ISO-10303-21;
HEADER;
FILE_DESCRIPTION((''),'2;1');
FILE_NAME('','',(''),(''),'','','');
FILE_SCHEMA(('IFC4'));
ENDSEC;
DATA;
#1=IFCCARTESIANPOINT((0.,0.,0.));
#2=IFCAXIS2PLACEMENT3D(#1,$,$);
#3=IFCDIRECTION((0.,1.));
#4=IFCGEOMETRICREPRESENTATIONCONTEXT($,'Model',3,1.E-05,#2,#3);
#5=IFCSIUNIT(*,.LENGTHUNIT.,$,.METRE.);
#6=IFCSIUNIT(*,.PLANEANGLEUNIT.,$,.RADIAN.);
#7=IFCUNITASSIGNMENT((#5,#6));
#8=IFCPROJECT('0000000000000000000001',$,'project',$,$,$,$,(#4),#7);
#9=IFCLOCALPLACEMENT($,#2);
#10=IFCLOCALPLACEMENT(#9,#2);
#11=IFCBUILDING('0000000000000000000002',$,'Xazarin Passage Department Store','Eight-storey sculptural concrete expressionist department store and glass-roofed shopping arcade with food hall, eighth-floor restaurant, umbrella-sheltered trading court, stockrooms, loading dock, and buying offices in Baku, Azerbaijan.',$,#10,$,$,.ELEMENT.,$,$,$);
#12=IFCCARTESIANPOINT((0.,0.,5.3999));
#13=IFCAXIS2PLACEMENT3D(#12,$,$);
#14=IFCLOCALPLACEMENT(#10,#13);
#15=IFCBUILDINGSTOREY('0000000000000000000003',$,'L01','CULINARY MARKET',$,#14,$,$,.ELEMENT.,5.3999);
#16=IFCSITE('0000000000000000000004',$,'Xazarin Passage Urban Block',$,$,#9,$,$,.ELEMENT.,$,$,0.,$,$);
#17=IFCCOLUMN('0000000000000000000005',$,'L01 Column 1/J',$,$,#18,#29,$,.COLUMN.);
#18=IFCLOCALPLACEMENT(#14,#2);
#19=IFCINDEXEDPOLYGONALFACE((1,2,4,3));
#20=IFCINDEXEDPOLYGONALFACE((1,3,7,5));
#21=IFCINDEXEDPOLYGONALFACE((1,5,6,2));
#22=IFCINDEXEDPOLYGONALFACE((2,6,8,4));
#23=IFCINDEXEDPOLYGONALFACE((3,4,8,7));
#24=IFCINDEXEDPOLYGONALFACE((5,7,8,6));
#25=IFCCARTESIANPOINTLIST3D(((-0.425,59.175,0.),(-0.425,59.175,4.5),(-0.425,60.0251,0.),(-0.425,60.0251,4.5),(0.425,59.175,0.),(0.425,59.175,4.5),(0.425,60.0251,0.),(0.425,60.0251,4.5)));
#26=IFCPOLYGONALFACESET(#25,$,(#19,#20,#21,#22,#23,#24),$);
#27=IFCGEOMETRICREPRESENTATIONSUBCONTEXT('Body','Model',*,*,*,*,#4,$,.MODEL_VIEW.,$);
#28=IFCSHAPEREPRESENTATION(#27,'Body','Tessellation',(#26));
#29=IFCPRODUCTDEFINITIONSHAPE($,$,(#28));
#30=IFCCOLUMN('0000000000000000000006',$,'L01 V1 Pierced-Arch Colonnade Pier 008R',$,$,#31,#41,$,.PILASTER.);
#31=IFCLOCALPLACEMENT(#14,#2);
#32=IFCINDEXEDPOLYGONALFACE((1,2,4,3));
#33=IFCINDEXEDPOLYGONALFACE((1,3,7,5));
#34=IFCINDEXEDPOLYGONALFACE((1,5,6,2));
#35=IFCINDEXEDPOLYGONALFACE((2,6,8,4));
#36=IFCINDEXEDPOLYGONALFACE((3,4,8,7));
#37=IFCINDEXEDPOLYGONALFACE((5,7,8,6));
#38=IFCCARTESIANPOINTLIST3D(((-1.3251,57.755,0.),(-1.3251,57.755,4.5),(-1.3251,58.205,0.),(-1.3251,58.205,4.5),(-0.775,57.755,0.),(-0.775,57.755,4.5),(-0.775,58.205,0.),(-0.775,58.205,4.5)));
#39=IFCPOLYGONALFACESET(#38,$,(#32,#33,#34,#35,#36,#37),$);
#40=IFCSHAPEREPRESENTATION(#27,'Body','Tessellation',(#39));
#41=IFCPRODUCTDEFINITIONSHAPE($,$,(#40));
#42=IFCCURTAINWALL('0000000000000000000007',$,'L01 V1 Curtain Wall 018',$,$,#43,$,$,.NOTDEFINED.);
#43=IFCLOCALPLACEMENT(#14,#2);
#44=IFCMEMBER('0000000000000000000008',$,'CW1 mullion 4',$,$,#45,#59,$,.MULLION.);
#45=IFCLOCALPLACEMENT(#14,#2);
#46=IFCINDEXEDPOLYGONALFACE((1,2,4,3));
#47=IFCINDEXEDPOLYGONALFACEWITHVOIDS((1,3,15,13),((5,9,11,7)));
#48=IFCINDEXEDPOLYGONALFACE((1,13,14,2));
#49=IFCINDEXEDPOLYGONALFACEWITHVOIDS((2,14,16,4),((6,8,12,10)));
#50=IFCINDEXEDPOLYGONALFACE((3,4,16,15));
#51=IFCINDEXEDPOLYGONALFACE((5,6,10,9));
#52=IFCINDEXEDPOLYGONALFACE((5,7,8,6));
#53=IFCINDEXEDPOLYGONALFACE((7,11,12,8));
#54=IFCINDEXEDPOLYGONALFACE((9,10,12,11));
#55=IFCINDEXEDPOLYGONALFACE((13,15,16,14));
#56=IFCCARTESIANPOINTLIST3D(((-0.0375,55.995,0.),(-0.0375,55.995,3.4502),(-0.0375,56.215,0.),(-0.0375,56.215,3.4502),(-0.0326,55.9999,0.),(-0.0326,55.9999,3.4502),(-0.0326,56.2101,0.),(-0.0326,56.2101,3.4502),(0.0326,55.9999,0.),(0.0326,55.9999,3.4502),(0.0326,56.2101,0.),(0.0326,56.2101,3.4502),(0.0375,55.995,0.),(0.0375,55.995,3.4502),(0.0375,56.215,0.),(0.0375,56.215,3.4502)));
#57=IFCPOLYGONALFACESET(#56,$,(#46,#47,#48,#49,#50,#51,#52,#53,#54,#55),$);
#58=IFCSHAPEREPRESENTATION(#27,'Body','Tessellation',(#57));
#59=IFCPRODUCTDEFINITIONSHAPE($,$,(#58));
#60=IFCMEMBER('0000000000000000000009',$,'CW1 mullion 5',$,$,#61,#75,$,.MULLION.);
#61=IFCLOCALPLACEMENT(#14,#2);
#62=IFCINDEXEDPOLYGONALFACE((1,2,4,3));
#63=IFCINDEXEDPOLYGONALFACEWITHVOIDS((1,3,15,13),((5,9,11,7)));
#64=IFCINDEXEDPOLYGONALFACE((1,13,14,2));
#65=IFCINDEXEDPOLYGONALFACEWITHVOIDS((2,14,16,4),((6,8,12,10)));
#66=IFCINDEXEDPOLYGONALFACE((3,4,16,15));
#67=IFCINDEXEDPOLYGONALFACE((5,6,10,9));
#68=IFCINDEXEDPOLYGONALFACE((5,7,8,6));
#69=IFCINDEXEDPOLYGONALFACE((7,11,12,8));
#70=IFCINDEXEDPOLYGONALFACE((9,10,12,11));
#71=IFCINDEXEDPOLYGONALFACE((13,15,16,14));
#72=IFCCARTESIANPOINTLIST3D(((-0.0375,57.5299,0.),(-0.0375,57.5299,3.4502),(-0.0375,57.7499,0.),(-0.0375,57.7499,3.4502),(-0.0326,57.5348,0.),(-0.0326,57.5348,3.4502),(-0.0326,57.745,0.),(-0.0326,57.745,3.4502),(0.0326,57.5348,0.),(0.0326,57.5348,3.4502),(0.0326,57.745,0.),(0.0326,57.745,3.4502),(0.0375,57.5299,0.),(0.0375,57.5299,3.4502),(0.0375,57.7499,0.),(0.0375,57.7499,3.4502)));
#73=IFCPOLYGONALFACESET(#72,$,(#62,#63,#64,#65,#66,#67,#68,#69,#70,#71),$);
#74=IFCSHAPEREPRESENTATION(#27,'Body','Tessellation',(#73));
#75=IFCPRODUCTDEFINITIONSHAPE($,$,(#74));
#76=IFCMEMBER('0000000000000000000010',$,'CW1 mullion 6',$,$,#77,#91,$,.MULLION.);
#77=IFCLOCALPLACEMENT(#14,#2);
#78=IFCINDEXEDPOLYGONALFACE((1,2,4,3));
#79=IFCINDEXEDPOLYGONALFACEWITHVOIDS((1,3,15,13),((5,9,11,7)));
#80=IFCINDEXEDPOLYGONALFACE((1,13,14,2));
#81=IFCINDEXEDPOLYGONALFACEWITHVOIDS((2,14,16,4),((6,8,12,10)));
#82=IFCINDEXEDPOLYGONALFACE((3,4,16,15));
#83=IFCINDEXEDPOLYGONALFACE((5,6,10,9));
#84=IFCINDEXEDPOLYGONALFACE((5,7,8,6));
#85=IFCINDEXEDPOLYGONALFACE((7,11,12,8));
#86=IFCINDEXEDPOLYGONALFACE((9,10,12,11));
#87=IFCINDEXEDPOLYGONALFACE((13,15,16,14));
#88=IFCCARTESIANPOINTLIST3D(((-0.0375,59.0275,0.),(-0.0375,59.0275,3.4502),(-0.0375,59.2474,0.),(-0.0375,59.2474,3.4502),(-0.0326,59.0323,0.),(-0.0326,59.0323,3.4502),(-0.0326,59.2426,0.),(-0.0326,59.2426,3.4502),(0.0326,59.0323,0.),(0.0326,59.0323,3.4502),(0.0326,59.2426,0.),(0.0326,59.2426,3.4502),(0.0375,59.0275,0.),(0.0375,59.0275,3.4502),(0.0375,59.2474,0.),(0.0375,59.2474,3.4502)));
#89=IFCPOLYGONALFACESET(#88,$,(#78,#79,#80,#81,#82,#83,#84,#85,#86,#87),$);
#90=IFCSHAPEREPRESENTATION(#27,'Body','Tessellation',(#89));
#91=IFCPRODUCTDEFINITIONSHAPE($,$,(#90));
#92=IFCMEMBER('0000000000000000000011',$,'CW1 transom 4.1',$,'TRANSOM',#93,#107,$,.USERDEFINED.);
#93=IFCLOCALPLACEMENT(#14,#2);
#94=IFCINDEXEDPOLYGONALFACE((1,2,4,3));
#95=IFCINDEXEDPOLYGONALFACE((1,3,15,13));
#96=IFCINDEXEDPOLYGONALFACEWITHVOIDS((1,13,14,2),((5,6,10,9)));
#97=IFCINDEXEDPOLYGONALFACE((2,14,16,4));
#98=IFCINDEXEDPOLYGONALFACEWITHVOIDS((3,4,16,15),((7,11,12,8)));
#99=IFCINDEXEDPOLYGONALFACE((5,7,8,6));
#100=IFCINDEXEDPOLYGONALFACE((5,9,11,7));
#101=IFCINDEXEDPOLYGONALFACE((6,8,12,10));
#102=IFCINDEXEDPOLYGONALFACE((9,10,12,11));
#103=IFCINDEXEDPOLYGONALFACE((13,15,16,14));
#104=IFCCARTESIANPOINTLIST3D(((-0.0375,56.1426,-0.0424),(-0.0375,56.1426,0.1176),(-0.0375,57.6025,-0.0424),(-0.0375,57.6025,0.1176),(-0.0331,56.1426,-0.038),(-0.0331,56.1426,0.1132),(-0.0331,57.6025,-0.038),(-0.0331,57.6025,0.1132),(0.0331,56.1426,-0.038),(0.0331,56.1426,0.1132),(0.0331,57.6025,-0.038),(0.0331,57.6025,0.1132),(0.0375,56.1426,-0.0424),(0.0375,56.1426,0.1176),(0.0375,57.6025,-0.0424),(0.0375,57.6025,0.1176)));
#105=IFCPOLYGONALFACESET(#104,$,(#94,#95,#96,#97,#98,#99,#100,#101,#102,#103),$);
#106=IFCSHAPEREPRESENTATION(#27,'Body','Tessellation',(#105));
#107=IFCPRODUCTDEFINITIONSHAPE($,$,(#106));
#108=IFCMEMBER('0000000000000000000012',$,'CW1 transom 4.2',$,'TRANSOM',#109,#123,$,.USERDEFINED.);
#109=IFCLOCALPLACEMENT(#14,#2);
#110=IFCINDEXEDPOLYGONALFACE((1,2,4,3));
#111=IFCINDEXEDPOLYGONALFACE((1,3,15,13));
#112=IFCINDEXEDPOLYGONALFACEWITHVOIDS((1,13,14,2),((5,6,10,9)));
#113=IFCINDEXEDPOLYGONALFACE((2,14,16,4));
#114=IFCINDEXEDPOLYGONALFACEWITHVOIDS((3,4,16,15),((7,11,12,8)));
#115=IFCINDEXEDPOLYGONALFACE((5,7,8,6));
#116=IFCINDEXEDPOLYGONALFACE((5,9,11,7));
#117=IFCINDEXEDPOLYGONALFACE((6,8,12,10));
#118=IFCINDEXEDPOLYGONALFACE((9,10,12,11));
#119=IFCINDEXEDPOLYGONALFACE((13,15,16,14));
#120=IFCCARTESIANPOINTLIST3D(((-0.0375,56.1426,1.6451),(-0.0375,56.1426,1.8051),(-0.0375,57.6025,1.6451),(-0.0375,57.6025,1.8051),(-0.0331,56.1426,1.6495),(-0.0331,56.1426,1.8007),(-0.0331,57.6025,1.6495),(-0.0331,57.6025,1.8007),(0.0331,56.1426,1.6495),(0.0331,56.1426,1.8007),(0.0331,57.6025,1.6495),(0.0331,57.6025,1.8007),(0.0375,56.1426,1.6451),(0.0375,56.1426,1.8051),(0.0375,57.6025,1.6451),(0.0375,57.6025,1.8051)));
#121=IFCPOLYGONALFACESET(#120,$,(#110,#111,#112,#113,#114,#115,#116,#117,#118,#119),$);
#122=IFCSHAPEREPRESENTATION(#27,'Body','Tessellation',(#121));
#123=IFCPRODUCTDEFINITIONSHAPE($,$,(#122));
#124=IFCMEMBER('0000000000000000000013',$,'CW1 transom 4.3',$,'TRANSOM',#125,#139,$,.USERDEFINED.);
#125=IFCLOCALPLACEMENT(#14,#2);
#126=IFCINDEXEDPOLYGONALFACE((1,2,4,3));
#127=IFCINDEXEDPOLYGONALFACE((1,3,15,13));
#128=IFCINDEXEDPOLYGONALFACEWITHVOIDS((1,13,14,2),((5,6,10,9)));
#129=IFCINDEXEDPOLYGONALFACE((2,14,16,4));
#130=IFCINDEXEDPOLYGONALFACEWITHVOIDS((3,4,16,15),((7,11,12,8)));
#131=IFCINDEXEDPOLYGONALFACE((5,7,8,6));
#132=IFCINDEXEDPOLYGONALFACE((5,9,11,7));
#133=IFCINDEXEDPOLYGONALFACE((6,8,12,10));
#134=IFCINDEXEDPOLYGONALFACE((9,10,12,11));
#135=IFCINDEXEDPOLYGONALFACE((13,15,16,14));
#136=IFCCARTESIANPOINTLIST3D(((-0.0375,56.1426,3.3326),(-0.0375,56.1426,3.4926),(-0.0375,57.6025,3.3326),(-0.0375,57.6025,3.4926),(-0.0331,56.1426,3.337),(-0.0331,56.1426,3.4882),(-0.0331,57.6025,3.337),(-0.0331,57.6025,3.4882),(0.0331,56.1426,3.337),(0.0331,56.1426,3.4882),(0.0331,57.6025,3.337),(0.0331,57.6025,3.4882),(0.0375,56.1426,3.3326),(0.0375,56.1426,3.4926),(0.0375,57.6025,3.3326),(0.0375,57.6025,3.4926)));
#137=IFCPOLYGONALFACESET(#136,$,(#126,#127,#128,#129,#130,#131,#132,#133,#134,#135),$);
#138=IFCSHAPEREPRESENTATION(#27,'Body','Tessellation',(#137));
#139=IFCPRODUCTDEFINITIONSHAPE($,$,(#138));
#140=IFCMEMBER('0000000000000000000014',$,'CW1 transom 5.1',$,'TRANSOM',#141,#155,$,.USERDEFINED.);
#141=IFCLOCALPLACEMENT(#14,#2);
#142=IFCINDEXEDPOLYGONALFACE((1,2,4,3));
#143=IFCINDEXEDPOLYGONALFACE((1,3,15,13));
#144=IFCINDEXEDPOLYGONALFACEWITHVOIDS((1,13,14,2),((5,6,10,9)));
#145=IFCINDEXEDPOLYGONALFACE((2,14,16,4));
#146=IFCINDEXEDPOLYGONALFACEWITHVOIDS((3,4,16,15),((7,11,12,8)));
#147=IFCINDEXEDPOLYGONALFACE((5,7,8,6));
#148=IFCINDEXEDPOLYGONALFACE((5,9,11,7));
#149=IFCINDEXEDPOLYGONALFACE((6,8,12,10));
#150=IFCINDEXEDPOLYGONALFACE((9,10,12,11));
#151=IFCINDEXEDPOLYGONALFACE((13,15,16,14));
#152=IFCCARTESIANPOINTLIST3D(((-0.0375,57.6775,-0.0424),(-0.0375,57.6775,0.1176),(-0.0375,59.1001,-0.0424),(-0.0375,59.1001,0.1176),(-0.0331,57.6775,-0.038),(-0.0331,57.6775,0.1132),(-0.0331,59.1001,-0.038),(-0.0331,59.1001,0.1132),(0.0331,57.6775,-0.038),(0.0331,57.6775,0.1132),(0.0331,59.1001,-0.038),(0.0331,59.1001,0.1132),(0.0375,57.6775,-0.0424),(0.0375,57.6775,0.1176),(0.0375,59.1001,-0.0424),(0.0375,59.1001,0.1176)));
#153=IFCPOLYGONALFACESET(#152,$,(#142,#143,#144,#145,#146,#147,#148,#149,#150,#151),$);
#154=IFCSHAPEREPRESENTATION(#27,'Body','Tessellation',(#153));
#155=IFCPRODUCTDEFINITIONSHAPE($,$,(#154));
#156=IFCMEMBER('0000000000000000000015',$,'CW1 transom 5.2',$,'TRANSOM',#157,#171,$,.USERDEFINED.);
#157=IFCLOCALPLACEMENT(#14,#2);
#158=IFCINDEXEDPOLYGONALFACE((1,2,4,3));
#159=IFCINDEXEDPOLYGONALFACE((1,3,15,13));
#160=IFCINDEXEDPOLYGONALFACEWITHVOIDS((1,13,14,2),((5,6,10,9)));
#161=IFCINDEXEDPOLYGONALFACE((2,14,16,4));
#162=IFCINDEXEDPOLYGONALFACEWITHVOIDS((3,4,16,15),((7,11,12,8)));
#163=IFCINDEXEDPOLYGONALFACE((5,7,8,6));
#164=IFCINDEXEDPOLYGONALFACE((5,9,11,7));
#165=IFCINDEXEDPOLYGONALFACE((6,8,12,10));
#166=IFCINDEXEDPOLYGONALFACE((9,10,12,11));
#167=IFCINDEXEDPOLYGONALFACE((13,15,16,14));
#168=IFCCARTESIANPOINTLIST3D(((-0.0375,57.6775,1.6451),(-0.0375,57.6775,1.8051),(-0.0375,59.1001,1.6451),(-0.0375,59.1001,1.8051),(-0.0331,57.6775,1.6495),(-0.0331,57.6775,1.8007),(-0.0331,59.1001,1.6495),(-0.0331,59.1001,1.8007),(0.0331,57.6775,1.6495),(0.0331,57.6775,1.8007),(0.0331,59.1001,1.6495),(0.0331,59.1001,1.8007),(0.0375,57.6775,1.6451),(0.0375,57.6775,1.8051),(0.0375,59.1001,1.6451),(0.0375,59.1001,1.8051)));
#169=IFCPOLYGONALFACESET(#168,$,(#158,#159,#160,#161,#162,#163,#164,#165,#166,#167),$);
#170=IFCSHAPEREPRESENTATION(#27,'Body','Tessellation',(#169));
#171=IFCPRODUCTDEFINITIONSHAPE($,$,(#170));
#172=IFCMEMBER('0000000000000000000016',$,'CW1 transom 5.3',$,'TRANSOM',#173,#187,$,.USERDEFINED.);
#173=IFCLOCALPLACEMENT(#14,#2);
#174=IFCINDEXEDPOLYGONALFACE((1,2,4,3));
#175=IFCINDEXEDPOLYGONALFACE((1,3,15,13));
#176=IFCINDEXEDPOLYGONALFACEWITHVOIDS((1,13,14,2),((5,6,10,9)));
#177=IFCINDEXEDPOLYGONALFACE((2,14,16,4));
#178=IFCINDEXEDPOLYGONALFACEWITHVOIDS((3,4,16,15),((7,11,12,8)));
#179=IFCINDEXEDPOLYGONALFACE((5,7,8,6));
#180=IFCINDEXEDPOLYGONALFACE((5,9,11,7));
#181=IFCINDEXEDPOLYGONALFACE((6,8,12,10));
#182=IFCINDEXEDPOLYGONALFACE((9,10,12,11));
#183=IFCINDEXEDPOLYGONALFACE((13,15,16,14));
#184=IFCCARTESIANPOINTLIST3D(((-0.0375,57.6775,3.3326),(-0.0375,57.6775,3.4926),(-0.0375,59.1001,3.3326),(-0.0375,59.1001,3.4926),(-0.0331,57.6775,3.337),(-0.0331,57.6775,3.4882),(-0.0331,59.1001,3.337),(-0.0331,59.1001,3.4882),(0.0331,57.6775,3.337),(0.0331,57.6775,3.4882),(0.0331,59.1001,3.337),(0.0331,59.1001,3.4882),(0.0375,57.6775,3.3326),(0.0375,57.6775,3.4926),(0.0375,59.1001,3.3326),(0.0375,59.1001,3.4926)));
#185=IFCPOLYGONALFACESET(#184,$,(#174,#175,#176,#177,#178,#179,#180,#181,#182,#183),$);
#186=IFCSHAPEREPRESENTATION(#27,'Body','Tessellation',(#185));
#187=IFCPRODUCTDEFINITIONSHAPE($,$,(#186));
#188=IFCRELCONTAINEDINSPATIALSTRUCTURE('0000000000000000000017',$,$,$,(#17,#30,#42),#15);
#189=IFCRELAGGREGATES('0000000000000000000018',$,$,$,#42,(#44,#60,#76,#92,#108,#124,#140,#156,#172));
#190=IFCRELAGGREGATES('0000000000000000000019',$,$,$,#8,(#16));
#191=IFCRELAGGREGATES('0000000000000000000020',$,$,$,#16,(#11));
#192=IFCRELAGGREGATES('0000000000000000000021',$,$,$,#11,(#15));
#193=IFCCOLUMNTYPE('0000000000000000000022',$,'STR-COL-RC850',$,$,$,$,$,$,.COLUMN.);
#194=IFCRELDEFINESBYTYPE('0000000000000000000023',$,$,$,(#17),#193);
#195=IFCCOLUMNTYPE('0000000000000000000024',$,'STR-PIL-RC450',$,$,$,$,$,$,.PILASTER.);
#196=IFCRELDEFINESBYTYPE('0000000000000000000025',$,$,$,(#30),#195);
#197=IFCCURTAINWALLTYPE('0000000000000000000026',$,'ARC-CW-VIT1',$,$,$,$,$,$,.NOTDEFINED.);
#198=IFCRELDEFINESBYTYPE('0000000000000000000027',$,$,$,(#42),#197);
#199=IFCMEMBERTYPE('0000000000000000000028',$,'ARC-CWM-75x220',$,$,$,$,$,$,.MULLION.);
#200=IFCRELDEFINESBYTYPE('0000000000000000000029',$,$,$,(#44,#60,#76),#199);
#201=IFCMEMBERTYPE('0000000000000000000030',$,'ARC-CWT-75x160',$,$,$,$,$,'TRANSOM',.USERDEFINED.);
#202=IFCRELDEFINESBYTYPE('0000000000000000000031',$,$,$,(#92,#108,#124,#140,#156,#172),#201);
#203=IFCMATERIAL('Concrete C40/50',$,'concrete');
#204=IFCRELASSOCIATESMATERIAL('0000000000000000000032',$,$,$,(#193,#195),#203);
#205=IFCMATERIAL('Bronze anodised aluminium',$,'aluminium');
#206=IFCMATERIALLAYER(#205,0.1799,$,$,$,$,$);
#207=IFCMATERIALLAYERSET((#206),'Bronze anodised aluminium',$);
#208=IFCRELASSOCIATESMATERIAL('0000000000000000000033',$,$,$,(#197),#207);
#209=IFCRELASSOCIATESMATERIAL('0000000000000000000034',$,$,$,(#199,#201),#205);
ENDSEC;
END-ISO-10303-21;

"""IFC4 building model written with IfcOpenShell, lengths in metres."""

from ifc_helpers import new_model, si_unit, direction, frame, origin, origin_2d, place, context, subcontext, project, spatial, rectangle, hollow_rectangle, extrude, material, layer, layer_set, material_profile, profile_set, type_object, element, aggregate, save


model = new_model("IFC4")

# Units and contexts
model_context = context("Model", 3, precision=1e-05, world=origin(), true_north=direction((0.0, 1.0)))
body_context = subcontext(model_context, "Body", "Model", "MODEL_VIEW")
ifc_project = project(units=[si_unit("LENGTHUNIT", "METRE"), si_unit("PLANEANGLEUNIT", "RADIAN")], contexts=[model_context])

# Site, building, storey
site_placement = place(None, origin())
site = spatial("IfcSite", under=ifc_project, at=site_placement, Name="Xazarin Passage Urban Block", CompositionType="ELEMENT", RefElevation=0.0)
building_placement = place(site_placement, origin())
building = spatial("IfcBuilding", under=site, at=building_placement, Name="Xazarin Passage Department Store", Description="Eight-storey sculptural concrete expressionist department store and glass-roofed shopping arcade with food hall, eighth-floor restaurant, umbrella-sheltered trading court, stockrooms, loading dock, and buying offices in Baku, Azerbaijan.", CompositionType="ELEMENT")
storey_placement = place(building_placement, frame((0.0, 0.0, 5.3999)))
storey = spatial("IfcBuildingStorey", under=building, at=storey_placement, Name="L01", Description="CULINARY MARKET", CompositionType="ELEMENT", Elevation=5.3999)

# Columns
ifc_material_1 = material(Name="Concrete C40/50", Category="concrete")
ifc_material_profile_1 = material_profile(ifc_material_1, rectangle(XDim=0.8501, YDim=0.8501, at=origin_2d()), Name="RC 850x850")
ifc_profile_set_1 = profile_set([ifc_material_profile_1], Name="Concrete C40/50")
column_type_1 = type_object("IfcColumnType", Name="STR-COL-RC850", PredefinedType="COLUMN", material=ifc_profile_set_1)
column_1_placement = place(storey_placement, frame((0.0, 59.6001, 0.0), z_axis=(0.0, 0.0, 1.0), x_axis=(1.0, 0.0, 0.0)))
element("IfcColumn", 1, at=column_1_placement, inside=storey, type_object=column_type_1, Name="L01 Column 1/J", PredefinedType="COLUMN", context=body_context, shape_type="SweptSolid", body=[
    extrude(rectangle(XDim=0.8501, YDim=0.8501, at=origin_2d()), origin(), (0.0, 0.0, 1.0), 4.5),
])
ifc_material_profile_2 = material_profile(ifc_material_1, rectangle(XDim=0.45, YDim=0.55, at=origin_2d()), Name="RC 450x550")
ifc_profile_set_2 = profile_set([ifc_material_profile_2], Name="Concrete C40/50")
column_type_2 = type_object("IfcColumnType", Name="STR-PIL-RC450", PredefinedType="PILASTER", material=ifc_profile_set_2)
column_2_placement = place(storey_placement, frame((-1.05, 57.98, 0.0), z_axis=(0.0, 0.0, 1.0), x_axis=(0.0, 1.0, 0.0)))
element("IfcColumn", 2, at=column_2_placement, inside=storey, type_object=column_type_2, Name="L01 V1 Pierced-Arch Colonnade Pier 008R", PredefinedType="PILASTER", context=body_context, shape_type="SweptSolid", body=[
    extrude(rectangle(XDim=0.45, YDim=0.55, at=origin_2d()), origin(), (0.0, 0.0, 1.0), 4.5),
])

# Curtain wall, members
ifc_material_2 = material(Name="Bronze anodised aluminium", Category="aluminium")
ifc_layer_1 = layer(ifc_material_2, 0.1799)
ifc_layer_set_1 = layer_set([ifc_layer_1], Name="Bronze anodised aluminium")
curtain_wall_type = type_object("IfcCurtainWallType", Name="ARC-CW-VIT1", PredefinedType="NOTDEFINED", material=ifc_layer_set_1)
curtain_wall_placement = place(storey_placement, origin())
curtain_wall = element("IfcCurtainWall", 3, at=curtain_wall_placement, inside=storey, type_object=curtain_wall_type, Name="L01 V1 Curtain Wall 018", PredefinedType="NOTDEFINED")
ifc_material_profile_3 = material_profile(ifc_material_2, hollow_rectangle(XDim=0.075, YDim=0.22, WallThickness=0.0049, at=origin_2d()), Name="ALU 75x220")
ifc_profile_set_3 = profile_set([ifc_material_profile_3], Name="Bronze anodised aluminium")
member_type_1 = type_object("IfcMemberType", Name="ARC-CWM-75x220", PredefinedType="MULLION", material=ifc_profile_set_3)
member_1_placement = place(storey_placement, frame((0.0, 56.105, 0.0), z_axis=(0.0, 0.0, 1.0), x_axis=(-1.0, 0.0, 0.0)))
member_1 = element("IfcMember", 4, at=member_1_placement, type_object=member_type_1, Name="CW1 mullion 4", PredefinedType="MULLION", context=body_context, shape_type="SweptSolid", body=[
    extrude(hollow_rectangle(XDim=0.075, YDim=0.22, WallThickness=0.0049, at=origin_2d()), origin(), (0.0, 0.0, 1.0), 3.4502),
])
member_2_placement = place(storey_placement, frame((0.0, 57.6399, 0.0), z_axis=(0.0, 0.0, 1.0), x_axis=(-1.0, 0.0, 0.0)))
member_2 = element("IfcMember", 5, at=member_2_placement, type_object=member_type_1, Name="CW1 mullion 5", PredefinedType="MULLION", context=body_context, shape_type="SweptSolid", body=[
    extrude(hollow_rectangle(XDim=0.075, YDim=0.22, WallThickness=0.0049, at=origin_2d()), origin(), (0.0, 0.0, 1.0), 3.4502),
])
member_3_placement = place(storey_placement, frame((0.0, 59.1375, 0.0), z_axis=(0.0, 0.0, 1.0), x_axis=(-1.0, 0.0, 0.0)))
member_3 = element("IfcMember", 6, at=member_3_placement, type_object=member_type_1, Name="CW1 mullion 6", PredefinedType="MULLION", context=body_context, shape_type="SweptSolid", body=[
    extrude(hollow_rectangle(XDim=0.075, YDim=0.22, WallThickness=0.0049, at=origin_2d()), origin(), (0.0, 0.0, 1.0), 3.4502),
])
ifc_material_profile_4 = material_profile(ifc_material_2, hollow_rectangle(XDim=0.075, YDim=0.1599, WallThickness=0.0044, at=origin_2d()), Name="ALU 75x160")
ifc_profile_set_4 = profile_set([ifc_material_profile_4], Name="Bronze anodised aluminium")
member_type_2 = type_object("IfcMemberType", Name="ARC-CWT-75x160", ElementType="TRANSOM", PredefinedType="USERDEFINED", material=ifc_profile_set_4)
member_4_placement = place(storey_placement, frame((0.0, 56.1426, 0.0376), z_axis=(0.0, 1.0, 0.0), x_axis=(-1.0, 0.0, 0.0)))
member_4 = element("IfcMember", 7, at=member_4_placement, type_object=member_type_2, Name="CW1 transom 4.1", ObjectType="TRANSOM", PredefinedType="USERDEFINED", context=body_context, shape_type="SweptSolid", body=[
    extrude(hollow_rectangle(XDim=0.075, YDim=0.1599, WallThickness=0.0044, at=origin_2d()), origin(), (0.0, 0.0, 1.0), 1.46),
])
member_5_placement = place(storey_placement, frame((0.0, 56.1426, 1.7251), z_axis=(0.0, 1.0, 0.0), x_axis=(-1.0, 0.0, 0.0)))
member_5 = element("IfcMember", 8, at=member_5_placement, type_object=member_type_2, Name="CW1 transom 4.2", ObjectType="TRANSOM", PredefinedType="USERDEFINED", context=body_context, shape_type="SweptSolid", body=[
    extrude(hollow_rectangle(XDim=0.075, YDim=0.1599, WallThickness=0.0044, at=origin_2d()), origin(), (0.0, 0.0, 1.0), 1.46),
])
member_6_placement = place(storey_placement, frame((0.0, 56.1426, 3.4126), z_axis=(0.0, 1.0, 0.0), x_axis=(-1.0, 0.0, 0.0)))
member_6 = element("IfcMember", 9, at=member_6_placement, type_object=member_type_2, Name="CW1 transom 4.3", ObjectType="TRANSOM", PredefinedType="USERDEFINED", context=body_context, shape_type="SweptSolid", body=[
    extrude(hollow_rectangle(XDim=0.075, YDim=0.1599, WallThickness=0.0044, at=origin_2d()), origin(), (0.0, 0.0, 1.0), 1.46),
])
member_7_placement = place(storey_placement, frame((0.0, 57.6775, 0.0376), z_axis=(0.0, 1.0, 0.0), x_axis=(-1.0, 0.0, 0.0)))
member_7 = element("IfcMember", 10, at=member_7_placement, type_object=member_type_2, Name="CW1 transom 5.1", ObjectType="TRANSOM", PredefinedType="USERDEFINED", context=body_context, shape_type="SweptSolid", body=[
    extrude(hollow_rectangle(XDim=0.075, YDim=0.1599, WallThickness=0.0044, at=origin_2d()), origin(), (0.0, 0.0, 1.0), 1.4226),
])
member_8_placement = place(storey_placement, frame((0.0, 57.6775, 1.7251), z_axis=(0.0, 1.0, 0.0), x_axis=(-1.0, 0.0, 0.0)))
member_8 = element("IfcMember", 11, at=member_8_placement, type_object=member_type_2, Name="CW1 transom 5.2", ObjectType="TRANSOM", PredefinedType="USERDEFINED", context=body_context, shape_type="SweptSolid", body=[
    extrude(hollow_rectangle(XDim=0.075, YDim=0.1599, WallThickness=0.0044, at=origin_2d()), origin(), (0.0, 0.0, 1.0), 1.4226),
])
member_9_placement = place(storey_placement, frame((0.0, 57.6775, 3.4126), z_axis=(0.0, 1.0, 0.0), x_axis=(-1.0, 0.0, 0.0)))
member_9 = element("IfcMember", 12, at=member_9_placement, type_object=member_type_2, Name="CW1 transom 5.3", ObjectType="TRANSOM", PredefinedType="USERDEFINED", context=body_context, shape_type="SweptSolid", body=[
    extrude(hollow_rectangle(XDim=0.075, YDim=0.1599, WallThickness=0.0044, at=origin_2d()), origin(), (0.0, 0.0, 1.0), 1.4226),
])

aggregate(curtain_wall, [member_1, member_2, member_3, member_4, member_5, member_6, member_7, member_8, member_9])

save(model, "model.ifc")
